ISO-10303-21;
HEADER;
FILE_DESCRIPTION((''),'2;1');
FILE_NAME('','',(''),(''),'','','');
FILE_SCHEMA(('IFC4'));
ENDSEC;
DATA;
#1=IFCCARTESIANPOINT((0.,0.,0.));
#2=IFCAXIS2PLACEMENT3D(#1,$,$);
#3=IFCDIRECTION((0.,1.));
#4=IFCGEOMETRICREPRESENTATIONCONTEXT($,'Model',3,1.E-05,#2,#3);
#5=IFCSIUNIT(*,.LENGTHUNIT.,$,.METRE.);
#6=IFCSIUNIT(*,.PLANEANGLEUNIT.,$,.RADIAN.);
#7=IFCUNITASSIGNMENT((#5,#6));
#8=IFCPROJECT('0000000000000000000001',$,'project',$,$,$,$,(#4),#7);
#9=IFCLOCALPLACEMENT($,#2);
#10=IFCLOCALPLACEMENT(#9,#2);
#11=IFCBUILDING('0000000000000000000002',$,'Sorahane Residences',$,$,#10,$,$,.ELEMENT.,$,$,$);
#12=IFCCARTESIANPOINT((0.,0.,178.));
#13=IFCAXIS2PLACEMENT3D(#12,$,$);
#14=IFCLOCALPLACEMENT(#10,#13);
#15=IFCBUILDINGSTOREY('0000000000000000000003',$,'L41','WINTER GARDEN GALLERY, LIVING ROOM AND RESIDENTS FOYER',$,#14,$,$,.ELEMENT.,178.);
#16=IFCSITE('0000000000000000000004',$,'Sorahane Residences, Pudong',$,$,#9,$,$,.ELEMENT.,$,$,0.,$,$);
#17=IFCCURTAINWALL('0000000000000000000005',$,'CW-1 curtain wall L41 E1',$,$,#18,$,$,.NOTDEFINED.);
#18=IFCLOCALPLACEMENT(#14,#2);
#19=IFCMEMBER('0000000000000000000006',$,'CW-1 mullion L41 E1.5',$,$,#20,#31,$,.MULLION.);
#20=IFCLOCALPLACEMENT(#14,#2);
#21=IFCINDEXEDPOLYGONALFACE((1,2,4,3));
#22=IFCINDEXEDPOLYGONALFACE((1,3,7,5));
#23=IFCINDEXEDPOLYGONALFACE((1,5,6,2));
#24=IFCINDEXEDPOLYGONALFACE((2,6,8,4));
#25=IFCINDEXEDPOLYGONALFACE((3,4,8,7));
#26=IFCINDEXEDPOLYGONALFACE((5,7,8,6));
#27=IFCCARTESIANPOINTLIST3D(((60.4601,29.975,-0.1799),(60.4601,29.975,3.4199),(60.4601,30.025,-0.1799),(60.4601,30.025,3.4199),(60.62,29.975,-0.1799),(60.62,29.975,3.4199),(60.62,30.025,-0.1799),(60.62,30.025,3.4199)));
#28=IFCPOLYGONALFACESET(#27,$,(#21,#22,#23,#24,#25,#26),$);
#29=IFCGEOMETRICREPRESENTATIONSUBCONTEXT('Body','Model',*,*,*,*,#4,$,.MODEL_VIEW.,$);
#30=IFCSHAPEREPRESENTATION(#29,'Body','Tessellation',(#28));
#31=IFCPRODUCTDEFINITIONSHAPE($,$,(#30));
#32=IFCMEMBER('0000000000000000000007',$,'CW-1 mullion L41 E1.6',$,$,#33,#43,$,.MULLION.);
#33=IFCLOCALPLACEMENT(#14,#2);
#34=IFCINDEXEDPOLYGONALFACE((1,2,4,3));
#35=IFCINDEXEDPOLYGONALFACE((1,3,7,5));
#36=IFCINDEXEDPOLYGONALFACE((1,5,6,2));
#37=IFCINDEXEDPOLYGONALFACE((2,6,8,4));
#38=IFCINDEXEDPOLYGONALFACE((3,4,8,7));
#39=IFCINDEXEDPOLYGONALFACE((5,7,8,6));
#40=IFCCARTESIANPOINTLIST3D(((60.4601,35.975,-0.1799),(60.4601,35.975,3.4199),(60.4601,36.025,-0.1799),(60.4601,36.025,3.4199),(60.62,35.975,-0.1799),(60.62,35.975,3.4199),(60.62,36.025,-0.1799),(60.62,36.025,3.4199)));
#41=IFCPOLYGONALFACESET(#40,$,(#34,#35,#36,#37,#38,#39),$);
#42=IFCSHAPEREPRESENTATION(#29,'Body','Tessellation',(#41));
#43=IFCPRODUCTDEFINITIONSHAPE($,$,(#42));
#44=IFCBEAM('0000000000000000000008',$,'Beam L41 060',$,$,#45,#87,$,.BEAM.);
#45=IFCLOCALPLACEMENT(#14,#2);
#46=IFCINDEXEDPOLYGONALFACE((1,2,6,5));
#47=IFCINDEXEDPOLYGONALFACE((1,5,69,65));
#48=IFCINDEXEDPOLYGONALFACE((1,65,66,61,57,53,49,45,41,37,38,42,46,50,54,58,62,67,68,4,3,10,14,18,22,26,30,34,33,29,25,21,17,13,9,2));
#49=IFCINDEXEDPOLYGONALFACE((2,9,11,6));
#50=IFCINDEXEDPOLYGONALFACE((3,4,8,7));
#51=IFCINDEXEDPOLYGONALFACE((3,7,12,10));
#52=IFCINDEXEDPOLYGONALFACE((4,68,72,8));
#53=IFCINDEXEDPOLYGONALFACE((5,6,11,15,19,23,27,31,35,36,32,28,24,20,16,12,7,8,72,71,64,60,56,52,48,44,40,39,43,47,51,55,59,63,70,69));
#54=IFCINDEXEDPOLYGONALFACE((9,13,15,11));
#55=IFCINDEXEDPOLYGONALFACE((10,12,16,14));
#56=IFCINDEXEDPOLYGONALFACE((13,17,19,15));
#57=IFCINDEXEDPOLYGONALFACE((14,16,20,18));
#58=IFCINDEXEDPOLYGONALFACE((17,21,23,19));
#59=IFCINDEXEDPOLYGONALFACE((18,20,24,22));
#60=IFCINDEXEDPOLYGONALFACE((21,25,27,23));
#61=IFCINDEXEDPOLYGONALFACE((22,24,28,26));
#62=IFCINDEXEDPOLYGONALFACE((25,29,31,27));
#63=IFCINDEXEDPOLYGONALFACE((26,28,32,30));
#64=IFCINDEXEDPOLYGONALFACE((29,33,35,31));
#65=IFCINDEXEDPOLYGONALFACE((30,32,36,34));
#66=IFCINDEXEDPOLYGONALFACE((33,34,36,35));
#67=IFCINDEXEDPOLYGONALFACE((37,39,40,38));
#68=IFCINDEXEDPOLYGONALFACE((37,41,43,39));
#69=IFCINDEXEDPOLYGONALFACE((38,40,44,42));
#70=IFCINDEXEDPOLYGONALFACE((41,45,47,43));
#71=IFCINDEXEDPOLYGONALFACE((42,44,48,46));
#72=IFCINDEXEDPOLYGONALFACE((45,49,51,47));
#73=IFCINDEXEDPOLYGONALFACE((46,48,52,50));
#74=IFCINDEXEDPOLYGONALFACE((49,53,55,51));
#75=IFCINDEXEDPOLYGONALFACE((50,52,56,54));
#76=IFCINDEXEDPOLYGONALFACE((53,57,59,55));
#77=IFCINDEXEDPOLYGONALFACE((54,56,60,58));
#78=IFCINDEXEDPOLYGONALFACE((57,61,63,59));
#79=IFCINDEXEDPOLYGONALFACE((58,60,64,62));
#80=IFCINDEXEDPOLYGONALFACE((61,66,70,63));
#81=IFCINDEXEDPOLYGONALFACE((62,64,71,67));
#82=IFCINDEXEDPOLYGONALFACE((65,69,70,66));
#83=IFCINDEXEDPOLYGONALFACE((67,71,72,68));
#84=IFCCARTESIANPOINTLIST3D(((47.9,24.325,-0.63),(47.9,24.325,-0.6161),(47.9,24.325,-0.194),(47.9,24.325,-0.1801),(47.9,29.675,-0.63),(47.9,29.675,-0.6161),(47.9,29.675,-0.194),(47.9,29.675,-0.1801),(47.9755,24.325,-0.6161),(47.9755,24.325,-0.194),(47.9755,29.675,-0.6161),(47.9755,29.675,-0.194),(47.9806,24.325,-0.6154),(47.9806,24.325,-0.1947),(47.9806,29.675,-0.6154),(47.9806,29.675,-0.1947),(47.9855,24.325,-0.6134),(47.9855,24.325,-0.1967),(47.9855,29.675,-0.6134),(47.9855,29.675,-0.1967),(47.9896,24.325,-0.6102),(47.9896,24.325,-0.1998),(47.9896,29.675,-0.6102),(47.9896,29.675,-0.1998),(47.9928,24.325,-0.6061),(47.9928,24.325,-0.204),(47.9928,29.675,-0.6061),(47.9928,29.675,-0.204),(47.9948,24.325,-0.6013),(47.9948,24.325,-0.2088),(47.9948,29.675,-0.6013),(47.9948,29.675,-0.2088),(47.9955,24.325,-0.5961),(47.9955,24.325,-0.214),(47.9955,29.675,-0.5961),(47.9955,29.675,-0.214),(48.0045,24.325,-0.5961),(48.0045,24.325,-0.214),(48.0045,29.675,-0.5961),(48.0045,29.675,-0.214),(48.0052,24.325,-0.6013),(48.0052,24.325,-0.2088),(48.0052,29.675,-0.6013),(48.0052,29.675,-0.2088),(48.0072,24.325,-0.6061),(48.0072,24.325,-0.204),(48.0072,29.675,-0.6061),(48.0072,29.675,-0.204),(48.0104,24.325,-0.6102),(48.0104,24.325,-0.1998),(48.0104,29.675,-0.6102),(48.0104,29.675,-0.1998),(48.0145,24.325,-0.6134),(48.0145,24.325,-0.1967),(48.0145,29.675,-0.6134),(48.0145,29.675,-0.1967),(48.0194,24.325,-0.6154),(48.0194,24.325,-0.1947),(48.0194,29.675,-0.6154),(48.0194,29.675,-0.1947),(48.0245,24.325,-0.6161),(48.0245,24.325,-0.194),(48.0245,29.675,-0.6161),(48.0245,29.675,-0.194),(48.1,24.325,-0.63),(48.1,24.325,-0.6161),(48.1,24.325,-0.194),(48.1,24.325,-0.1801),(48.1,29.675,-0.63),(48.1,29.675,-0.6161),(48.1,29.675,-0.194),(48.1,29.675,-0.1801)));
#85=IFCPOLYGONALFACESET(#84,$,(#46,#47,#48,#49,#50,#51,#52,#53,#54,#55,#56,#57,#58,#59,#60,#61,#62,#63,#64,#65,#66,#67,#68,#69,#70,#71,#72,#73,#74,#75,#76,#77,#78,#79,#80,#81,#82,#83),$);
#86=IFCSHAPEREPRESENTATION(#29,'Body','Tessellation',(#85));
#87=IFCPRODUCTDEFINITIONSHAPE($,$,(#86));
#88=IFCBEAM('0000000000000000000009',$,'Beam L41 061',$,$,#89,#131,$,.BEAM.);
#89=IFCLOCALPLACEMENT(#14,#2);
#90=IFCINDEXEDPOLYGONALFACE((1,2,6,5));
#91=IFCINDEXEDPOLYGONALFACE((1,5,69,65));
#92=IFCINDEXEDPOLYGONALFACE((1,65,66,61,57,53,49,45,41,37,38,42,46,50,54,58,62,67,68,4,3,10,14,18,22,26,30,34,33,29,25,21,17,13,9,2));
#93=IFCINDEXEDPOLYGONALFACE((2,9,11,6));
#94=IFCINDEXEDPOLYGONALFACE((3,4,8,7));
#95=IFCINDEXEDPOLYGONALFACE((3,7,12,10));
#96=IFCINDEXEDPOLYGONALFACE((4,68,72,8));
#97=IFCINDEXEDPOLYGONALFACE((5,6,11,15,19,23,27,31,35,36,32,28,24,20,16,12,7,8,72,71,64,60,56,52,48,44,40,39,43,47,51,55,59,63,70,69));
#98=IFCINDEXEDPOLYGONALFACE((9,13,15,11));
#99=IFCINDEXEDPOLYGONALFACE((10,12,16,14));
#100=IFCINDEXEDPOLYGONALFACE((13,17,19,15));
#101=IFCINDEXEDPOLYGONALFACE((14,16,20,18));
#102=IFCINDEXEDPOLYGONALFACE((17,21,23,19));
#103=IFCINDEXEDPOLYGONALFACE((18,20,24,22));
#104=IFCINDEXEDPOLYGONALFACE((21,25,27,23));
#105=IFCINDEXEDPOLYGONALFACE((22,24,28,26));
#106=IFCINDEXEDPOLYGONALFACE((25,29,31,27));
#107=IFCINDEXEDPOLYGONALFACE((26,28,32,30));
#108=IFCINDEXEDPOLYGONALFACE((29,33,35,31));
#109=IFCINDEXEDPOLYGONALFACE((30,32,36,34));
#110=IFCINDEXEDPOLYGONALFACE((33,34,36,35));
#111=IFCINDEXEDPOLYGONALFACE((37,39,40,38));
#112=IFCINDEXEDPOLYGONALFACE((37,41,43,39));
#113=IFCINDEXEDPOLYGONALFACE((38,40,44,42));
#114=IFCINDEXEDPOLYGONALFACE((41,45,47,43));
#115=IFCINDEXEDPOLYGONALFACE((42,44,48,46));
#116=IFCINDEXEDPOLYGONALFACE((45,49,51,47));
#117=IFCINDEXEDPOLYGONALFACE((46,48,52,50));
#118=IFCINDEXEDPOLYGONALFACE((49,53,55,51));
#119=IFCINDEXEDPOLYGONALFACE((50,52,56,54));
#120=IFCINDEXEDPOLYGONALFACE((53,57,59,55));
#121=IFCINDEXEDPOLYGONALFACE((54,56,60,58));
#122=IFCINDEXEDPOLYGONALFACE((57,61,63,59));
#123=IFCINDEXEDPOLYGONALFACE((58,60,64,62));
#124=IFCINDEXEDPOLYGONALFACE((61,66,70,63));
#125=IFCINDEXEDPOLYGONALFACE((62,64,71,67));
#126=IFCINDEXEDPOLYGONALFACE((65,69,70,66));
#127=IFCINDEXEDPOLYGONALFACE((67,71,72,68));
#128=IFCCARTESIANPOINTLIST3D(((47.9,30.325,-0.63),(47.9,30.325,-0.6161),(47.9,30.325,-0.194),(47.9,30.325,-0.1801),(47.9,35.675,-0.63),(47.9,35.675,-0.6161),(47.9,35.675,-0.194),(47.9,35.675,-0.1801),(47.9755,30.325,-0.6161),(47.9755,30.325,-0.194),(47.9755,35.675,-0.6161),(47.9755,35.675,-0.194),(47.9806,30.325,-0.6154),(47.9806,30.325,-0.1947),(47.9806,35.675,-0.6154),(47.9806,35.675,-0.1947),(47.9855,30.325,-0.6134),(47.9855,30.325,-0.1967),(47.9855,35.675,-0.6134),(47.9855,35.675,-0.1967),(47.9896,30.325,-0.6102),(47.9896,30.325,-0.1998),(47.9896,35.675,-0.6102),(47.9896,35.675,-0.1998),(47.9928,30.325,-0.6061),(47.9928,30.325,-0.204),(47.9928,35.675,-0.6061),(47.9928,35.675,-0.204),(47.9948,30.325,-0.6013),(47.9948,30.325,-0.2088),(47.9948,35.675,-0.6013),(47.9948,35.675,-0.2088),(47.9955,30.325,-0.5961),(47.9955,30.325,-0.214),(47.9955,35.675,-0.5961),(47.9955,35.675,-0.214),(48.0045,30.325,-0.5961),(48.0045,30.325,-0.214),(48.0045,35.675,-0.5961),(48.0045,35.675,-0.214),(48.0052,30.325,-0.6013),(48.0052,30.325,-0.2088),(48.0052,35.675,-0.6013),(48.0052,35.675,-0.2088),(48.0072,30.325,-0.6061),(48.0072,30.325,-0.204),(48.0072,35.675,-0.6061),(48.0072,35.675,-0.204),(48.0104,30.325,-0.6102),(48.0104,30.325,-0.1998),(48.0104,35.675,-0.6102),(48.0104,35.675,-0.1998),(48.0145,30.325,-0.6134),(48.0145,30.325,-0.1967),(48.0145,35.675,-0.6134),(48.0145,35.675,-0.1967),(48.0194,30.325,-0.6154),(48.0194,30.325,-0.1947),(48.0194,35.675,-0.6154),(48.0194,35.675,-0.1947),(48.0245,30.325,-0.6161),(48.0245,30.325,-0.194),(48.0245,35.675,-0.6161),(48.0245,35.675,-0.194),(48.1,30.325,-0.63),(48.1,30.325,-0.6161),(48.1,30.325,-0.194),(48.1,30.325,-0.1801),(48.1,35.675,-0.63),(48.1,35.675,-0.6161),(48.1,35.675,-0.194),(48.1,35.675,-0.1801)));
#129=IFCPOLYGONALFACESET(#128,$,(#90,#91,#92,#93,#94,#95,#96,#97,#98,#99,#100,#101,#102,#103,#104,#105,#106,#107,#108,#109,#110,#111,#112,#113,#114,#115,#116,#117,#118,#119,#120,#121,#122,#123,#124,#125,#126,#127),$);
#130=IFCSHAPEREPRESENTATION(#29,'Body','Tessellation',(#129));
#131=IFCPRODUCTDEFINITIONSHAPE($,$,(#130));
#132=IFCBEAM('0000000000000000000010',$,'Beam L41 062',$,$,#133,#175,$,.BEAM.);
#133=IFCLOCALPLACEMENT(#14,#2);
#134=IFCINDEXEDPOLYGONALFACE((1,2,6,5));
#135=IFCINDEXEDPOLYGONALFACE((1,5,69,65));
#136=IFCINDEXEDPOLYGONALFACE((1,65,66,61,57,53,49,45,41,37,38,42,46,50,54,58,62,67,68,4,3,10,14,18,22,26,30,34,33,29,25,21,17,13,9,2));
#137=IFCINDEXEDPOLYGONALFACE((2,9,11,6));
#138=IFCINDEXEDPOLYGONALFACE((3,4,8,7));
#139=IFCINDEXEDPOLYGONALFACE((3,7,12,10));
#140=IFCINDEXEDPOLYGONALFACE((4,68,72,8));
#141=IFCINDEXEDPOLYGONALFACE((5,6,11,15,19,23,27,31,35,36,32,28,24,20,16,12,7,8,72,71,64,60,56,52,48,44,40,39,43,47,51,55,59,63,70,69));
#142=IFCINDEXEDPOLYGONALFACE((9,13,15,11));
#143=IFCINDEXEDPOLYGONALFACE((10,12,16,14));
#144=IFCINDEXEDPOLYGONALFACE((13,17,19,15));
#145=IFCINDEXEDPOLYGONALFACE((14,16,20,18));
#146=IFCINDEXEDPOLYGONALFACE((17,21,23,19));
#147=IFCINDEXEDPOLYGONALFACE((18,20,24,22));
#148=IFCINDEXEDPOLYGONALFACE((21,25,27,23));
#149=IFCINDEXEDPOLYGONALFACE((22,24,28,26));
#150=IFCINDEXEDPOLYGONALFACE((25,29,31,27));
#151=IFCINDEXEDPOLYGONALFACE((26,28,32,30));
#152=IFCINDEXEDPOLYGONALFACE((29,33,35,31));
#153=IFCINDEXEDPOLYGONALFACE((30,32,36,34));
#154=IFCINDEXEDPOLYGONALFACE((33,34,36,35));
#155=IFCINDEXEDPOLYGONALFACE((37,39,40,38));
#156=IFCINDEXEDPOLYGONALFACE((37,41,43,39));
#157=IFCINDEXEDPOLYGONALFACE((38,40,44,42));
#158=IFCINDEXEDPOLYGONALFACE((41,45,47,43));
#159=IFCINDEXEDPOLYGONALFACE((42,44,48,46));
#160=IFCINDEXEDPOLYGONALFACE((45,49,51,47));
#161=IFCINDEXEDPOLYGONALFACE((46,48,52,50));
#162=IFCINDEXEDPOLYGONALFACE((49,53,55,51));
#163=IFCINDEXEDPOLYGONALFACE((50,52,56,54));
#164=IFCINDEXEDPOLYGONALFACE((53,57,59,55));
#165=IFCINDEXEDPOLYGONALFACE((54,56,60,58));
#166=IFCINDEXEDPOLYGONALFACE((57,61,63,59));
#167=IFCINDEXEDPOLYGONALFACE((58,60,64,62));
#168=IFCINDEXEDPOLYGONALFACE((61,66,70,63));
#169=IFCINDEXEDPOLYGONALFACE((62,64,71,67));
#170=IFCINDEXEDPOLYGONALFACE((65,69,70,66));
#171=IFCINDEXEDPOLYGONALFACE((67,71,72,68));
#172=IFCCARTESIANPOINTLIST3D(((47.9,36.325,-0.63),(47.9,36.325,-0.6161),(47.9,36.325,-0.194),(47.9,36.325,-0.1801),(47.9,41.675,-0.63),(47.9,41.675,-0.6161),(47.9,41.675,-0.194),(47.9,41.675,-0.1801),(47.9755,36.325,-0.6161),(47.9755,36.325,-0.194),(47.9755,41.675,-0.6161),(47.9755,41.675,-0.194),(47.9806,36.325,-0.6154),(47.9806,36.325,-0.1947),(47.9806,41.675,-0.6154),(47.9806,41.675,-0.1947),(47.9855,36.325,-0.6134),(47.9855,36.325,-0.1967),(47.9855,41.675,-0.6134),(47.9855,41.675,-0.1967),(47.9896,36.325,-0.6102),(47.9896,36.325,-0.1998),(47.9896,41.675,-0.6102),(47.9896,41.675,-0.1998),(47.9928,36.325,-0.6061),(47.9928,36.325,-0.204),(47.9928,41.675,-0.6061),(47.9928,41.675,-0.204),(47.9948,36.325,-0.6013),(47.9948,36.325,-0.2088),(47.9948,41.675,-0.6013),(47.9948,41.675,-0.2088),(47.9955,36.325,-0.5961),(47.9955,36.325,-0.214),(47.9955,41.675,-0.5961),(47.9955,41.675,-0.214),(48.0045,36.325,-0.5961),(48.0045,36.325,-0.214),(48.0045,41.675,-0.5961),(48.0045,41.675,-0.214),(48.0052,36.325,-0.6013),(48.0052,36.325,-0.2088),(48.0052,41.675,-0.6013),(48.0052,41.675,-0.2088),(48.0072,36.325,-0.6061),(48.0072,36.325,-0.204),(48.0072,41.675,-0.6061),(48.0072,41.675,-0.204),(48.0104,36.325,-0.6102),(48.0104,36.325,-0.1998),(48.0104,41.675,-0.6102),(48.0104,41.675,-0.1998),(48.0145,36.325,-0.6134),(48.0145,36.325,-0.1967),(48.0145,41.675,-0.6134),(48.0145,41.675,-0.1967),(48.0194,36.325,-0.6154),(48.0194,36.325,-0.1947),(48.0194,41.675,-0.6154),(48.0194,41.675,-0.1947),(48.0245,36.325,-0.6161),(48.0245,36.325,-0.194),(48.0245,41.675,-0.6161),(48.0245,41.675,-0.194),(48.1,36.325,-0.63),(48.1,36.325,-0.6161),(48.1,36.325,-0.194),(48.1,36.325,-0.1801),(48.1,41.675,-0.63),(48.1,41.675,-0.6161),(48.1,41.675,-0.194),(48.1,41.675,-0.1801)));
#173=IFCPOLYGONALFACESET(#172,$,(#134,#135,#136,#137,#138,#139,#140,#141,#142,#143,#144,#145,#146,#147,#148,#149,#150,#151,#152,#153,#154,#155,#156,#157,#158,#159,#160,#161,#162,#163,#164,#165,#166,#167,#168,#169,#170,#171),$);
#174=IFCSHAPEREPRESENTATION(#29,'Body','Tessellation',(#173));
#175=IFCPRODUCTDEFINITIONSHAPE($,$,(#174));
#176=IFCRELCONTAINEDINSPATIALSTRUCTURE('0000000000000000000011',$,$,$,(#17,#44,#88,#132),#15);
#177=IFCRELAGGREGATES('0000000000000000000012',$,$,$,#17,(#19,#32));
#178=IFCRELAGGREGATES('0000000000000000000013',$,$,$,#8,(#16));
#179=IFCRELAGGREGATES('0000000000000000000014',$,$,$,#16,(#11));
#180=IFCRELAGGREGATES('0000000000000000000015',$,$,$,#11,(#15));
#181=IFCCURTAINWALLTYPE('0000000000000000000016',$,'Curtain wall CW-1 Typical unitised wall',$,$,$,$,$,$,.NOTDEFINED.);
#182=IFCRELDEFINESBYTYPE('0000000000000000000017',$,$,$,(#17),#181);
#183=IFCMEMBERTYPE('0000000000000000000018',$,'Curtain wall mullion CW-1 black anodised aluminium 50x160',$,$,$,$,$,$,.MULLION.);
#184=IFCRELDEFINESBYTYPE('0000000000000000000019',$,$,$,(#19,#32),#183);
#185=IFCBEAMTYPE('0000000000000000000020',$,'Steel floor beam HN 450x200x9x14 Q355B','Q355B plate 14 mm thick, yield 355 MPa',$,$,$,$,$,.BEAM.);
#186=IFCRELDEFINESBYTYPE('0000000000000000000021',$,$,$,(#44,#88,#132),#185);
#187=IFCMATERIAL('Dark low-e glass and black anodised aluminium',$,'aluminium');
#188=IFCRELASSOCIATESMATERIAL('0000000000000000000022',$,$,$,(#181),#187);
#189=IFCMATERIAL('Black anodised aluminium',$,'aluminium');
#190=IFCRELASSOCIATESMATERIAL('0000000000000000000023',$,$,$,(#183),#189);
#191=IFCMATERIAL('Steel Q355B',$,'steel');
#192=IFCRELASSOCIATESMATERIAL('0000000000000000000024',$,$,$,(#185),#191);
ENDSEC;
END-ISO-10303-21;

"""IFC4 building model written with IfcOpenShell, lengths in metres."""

from ifc_helpers import new_model, si_unit, direction, frame, origin, origin_2d, place, context, subcontext, project, spatial, rectangle, i_section, extrude, material, material_profile, profile_set, type_object, element, aggregate, save


model = new_model("IFC4")

# Units and contexts
model_context = context("Model", 3, precision=1e-05, world=origin(), true_north=direction((0.0, 1.0)))
body_context = subcontext(model_context, "Body", "Model", "MODEL_VIEW")
ifc_project = project(units=[si_unit("LENGTHUNIT", "METRE"), si_unit("PLANEANGLEUNIT", "RADIAN")], contexts=[model_context])

# Site, building, storey
site_placement = place(None, origin())
site = spatial("IfcSite", under=ifc_project, at=site_placement, Name="Sorahane Residences, Pudong", CompositionType="ELEMENT", RefElevation=0.0)
building_placement = place(site_placement, origin())
building = spatial("IfcBuilding", under=site, at=building_placement, Name="Sorahane Residences", CompositionType="ELEMENT")
storey_placement = place(building_placement, frame((0.0, 0.0, 178.0)))
storey = spatial("IfcBuildingStorey", under=building, at=storey_placement, Name="L41", Description="WINTER GARDEN GALLERY, LIVING ROOM AND RESIDENTS FOYER", CompositionType="ELEMENT", Elevation=178.0)

# Curtain wall, members
ifc_material_1 = material(Name="Dark low-e glass and black anodised aluminium", Category="aluminium")
curtain_wall_type = type_object("IfcCurtainWallType", Name="Curtain wall CW-1 Typical unitised wall", PredefinedType="NOTDEFINED", material=ifc_material_1)
curtain_wall_placement = place(storey_placement, origin())
curtain_wall = element("IfcCurtainWall", 1, at=curtain_wall_placement, inside=storey, type_object=curtain_wall_type, Name="CW-1 curtain wall L41 E1", PredefinedType="NOTDEFINED")
ifc_material_2 = material(Name="Black anodised aluminium", Category="aluminium")
ifc_material_profile_1 = material_profile(ifc_material_2, rectangle(XDim=0.1599, YDim=0.05, at=origin_2d()), Name="Curtain wall mullion CW-1 black anodised aluminium 50x160")
ifc_profile_set_1 = profile_set([ifc_material_profile_1], Name="Black anodised aluminium")
member_type_1 = type_object("IfcMemberType", Name="Curtain wall mullion CW-1 black anodised aluminium 50x160", PredefinedType="MULLION", material=ifc_profile_set_1)
member_1_placement = place(storey_placement, frame((60.54, 30.0, -0.1799), z_axis=(0.0, 0.0, 1.0), x_axis=(1.0, 0.0, 0.0)))
member_1 = element("IfcMember", 2, at=member_1_placement, type_object=member_type_1, Name="CW-1 mullion L41 E1.5", PredefinedType="MULLION", context=body_context, shape_type="SweptSolid", body=[
    extrude(rectangle(XDim=0.1599, YDim=0.05, at=origin_2d()), origin(), (0.0, 0.0, 1.0), 3.5999),
])
member_2_placement = place(storey_placement, frame((60.54, 36.0, -0.1799), z_axis=(0.0, 0.0, 1.0), x_axis=(1.0, 0.0, 0.0)))
member_2 = element("IfcMember", 3, at=member_2_placement, type_object=member_type_1, Name="CW-1 mullion L41 E1.6", PredefinedType="MULLION", context=body_context, shape_type="SweptSolid", body=[
    extrude(rectangle(XDim=0.1599, YDim=0.05, at=origin_2d()), origin(), (0.0, 0.0, 1.0), 3.5999),
])

# Beams
ifc_material_3 = material(Name="Steel Q355B", Category="steel")
ifc_material_profile_2 = material_profile(ifc_material_3, i_section(OverallWidth=0.2, OverallDepth=0.45, WebThickness=0.009, FlangeThickness=0.0139, FilletRadius=0.02, at=origin_2d()), Name="HN 450x200x9x14")
ifc_profile_set_2 = profile_set([ifc_material_profile_2], Name="Steel Q355B")
beam_type_1 = type_object("IfcBeamType", Name="Steel floor beam HN 450x200x9x14 Q355B", Description="Q355B plate 14 mm thick, yield 355 MPa", PredefinedType="BEAM", material=ifc_profile_set_2)
for number, where, z_axis, x_axis, name in (
    (4, (48.0, 24.325, -0.405), (0.0, 1.0, 0.0), (-1.0, 0.0, 0.0), "Beam L41 060"),
    (5, (48.0, 30.325, -0.405), (0.0, 1.0, 0.0), (-1.0, 0.0, 0.0), "Beam L41 061"),
    (6, (48.0, 36.325, -0.405), (0.0, 1.0, 0.0), (-1.0, 0.0, 0.0), "Beam L41 062"),
):
    element("IfcBeam", number, at=place(storey_placement, frame(where, z_axis=z_axis, x_axis=x_axis)), inside=storey, type_object=beam_type_1, Name=name, PredefinedType="BEAM", context=body_context, shape_type="SweptSolid", body=[
        extrude(i_section(OverallWidth=0.2, OverallDepth=0.45, WebThickness=0.009, FlangeThickness=0.0139, FilletRadius=0.02, at=origin_2d()), origin(), (0.0, 0.0, 1.0), 5.3501),
    ])

aggregate(curtain_wall, [member_1, member_2])

save(model, "model.ifc")
